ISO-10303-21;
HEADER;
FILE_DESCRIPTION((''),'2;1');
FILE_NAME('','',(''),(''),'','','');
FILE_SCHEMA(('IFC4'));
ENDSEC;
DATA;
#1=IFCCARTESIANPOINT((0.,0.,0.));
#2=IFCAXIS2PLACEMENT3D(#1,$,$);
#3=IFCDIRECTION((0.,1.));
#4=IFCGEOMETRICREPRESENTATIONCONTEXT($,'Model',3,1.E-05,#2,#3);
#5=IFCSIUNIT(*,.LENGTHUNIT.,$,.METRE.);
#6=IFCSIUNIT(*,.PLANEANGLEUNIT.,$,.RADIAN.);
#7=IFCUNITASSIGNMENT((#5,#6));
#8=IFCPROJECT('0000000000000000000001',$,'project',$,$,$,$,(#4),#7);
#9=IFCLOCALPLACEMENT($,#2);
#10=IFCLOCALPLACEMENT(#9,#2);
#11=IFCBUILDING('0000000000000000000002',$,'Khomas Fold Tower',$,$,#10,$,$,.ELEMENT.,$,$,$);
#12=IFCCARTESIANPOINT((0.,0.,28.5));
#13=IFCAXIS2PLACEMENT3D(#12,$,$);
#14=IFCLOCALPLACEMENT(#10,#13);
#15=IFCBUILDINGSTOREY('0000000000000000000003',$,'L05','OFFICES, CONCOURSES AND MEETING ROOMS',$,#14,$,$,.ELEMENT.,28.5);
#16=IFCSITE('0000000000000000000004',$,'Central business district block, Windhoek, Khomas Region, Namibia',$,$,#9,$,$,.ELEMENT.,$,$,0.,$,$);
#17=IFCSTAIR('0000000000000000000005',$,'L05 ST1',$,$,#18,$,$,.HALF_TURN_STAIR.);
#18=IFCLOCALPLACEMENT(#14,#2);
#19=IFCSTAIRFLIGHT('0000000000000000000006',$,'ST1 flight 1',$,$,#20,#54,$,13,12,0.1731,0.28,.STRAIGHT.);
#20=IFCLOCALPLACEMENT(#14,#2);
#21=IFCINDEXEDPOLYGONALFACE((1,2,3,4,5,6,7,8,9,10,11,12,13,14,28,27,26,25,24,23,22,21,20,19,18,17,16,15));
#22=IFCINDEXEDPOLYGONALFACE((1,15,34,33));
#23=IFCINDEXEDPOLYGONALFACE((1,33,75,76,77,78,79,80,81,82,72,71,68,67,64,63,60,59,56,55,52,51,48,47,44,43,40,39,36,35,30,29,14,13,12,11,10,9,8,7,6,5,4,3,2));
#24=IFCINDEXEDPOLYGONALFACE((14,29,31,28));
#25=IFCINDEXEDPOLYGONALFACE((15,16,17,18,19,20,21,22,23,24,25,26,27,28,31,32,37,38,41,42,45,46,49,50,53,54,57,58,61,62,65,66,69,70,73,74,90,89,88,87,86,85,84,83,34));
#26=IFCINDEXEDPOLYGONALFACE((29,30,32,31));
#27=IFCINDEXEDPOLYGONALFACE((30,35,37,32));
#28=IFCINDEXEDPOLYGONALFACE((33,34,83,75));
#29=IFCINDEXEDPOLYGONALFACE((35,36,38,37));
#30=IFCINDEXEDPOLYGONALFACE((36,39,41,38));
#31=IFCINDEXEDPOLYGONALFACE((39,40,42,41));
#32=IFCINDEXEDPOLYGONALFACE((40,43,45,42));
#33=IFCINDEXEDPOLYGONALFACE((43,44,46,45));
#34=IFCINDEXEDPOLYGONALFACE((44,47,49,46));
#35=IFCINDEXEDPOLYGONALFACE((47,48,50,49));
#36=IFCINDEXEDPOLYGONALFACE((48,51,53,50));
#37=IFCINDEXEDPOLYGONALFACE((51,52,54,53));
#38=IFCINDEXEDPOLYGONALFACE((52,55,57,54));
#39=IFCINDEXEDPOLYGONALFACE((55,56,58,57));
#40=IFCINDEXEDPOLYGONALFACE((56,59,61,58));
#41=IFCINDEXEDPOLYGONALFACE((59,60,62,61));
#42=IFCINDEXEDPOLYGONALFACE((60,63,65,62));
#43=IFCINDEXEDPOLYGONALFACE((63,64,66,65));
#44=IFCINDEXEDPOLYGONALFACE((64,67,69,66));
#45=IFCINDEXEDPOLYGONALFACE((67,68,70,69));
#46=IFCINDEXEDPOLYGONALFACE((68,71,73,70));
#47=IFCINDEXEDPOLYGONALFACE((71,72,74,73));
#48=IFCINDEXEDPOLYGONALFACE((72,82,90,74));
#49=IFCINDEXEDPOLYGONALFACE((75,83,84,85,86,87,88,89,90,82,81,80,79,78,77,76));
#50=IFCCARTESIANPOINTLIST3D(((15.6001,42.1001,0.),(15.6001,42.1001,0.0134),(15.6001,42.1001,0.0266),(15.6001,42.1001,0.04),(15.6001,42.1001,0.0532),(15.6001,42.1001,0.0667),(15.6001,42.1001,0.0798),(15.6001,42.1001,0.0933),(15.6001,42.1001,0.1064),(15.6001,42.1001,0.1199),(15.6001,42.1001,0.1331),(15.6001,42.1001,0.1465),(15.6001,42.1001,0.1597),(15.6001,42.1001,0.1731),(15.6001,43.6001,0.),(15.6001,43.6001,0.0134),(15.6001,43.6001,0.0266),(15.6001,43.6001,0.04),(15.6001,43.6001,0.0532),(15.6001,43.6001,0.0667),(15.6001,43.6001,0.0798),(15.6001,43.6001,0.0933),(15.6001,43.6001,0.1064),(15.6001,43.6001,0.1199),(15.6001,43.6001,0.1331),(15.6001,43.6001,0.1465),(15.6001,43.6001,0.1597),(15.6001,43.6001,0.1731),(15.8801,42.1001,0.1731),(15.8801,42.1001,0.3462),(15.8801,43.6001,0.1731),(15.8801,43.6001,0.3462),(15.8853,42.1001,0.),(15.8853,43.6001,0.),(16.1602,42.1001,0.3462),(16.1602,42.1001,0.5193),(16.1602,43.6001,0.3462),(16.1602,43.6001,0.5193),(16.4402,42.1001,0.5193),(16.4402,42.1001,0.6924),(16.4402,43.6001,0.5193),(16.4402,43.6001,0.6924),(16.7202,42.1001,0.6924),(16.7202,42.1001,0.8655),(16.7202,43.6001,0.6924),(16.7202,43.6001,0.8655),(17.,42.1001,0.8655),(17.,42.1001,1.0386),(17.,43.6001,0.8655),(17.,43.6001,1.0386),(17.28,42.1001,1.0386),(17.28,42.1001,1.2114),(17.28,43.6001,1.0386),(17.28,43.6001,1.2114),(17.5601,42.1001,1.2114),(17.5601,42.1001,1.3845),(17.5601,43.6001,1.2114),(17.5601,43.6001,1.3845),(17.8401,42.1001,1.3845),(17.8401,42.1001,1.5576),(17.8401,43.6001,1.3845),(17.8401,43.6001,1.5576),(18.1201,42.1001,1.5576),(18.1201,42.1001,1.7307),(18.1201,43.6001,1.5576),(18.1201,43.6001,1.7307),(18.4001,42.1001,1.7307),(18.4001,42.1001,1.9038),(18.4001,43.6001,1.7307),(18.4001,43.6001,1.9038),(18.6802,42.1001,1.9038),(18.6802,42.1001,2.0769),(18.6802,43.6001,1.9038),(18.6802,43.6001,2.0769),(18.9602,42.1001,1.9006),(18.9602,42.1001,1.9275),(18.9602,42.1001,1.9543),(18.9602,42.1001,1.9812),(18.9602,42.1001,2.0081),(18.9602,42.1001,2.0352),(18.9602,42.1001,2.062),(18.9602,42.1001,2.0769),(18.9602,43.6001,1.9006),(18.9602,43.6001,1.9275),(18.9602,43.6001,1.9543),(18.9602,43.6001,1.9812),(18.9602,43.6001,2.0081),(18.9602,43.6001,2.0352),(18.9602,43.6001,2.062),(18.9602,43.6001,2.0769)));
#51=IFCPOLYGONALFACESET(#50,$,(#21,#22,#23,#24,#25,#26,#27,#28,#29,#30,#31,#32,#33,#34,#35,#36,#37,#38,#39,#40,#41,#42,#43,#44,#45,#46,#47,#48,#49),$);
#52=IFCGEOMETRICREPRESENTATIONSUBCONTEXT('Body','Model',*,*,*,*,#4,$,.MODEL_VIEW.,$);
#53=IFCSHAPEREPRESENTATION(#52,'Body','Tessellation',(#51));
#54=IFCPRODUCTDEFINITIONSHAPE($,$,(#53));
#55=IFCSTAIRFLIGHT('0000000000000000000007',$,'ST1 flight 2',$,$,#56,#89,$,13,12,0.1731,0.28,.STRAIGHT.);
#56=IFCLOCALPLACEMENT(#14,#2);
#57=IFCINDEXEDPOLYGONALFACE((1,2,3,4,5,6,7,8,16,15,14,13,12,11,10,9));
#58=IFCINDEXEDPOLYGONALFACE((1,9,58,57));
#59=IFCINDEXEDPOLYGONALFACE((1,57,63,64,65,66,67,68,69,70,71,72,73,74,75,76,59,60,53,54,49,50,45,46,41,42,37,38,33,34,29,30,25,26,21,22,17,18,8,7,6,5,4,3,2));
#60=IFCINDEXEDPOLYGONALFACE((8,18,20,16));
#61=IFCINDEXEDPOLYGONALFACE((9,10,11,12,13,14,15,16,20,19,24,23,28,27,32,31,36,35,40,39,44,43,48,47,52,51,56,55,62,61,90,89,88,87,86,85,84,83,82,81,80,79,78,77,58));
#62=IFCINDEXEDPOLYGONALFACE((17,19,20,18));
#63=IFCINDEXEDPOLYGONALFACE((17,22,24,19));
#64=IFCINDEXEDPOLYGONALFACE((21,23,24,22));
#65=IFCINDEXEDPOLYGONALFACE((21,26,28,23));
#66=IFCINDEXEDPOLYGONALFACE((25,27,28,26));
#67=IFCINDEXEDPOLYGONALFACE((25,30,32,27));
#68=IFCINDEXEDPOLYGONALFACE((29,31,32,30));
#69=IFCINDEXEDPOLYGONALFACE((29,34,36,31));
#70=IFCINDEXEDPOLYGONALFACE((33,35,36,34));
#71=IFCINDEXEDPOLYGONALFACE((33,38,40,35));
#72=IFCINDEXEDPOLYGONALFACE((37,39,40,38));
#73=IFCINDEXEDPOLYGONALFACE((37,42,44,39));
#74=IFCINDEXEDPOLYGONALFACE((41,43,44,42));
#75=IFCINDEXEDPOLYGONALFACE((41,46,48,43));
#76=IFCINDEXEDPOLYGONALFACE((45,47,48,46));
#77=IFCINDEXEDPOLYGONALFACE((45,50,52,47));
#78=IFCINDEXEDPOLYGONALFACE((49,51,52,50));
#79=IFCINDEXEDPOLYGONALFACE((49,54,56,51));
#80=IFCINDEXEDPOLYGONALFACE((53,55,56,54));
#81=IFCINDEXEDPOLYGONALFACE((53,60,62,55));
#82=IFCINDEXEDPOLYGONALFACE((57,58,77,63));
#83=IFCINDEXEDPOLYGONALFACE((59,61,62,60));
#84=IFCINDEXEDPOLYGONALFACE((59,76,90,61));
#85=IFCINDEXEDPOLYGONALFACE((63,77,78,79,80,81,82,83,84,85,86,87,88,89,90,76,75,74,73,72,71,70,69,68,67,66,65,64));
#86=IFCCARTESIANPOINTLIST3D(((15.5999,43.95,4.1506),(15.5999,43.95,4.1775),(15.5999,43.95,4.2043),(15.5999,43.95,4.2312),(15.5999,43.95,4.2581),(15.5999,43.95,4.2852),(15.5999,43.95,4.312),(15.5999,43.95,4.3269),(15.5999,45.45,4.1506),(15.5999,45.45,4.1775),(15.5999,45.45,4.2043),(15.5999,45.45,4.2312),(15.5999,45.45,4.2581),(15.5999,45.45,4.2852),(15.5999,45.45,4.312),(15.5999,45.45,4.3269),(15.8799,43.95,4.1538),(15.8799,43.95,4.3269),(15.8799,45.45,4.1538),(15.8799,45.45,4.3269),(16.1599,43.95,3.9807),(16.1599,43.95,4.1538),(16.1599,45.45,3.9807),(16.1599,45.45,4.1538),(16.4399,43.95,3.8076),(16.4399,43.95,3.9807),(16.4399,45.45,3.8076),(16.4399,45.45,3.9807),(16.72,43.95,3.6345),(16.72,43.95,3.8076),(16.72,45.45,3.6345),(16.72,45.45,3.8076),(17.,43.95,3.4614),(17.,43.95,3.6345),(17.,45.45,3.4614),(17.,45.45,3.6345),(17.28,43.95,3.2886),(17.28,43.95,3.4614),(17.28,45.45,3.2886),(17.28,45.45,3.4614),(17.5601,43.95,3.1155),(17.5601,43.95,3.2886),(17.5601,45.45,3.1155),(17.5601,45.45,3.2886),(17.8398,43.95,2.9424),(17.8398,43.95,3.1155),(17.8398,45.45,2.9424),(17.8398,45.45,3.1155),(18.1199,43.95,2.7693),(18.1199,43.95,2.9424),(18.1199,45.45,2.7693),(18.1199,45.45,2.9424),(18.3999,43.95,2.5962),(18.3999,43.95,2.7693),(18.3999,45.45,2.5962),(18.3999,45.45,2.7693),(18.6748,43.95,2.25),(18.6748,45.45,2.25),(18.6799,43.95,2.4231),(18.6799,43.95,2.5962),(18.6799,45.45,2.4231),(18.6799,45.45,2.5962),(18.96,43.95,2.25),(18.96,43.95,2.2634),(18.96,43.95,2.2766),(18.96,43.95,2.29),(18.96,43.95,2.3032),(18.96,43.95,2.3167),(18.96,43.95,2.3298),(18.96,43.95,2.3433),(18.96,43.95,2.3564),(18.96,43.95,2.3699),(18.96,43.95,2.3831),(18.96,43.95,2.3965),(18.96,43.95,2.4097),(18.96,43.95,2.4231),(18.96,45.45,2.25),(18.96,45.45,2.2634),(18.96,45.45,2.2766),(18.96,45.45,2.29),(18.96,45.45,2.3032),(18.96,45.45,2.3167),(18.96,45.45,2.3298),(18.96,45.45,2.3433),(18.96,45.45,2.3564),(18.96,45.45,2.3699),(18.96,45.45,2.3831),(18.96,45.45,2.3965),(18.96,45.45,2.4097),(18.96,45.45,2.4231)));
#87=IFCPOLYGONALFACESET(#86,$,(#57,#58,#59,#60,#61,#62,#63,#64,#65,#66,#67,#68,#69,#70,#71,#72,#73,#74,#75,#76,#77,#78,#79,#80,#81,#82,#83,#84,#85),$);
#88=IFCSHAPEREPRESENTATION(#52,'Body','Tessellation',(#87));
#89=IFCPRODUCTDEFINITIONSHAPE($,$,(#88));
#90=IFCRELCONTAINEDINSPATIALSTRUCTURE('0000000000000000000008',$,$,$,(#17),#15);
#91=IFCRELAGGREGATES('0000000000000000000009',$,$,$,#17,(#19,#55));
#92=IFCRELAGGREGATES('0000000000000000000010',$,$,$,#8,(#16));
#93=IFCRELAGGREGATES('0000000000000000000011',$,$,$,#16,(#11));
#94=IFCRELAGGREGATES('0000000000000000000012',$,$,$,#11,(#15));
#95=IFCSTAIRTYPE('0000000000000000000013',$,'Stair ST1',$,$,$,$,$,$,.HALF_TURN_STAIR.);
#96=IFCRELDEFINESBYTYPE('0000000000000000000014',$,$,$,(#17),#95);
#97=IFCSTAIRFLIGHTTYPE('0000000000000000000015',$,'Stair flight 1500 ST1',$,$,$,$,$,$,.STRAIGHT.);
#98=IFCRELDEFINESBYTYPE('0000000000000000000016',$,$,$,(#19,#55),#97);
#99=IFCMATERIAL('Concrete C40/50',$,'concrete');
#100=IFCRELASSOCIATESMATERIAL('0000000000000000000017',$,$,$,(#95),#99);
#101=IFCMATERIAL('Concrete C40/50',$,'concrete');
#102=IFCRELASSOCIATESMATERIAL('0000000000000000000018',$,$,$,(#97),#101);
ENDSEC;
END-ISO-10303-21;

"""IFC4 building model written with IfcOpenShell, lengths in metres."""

from ifc_helpers import new_model, si_unit, direction, frame, origin, place, context, subcontext, project, spatial, polyline, outline, extrude, source, transform, mapped, material, type_object, element, aggregate, save


model = new_model("IFC4")

# Units and contexts
model_context = context("Model", 3, precision=1e-05, world=origin(), true_north=direction((0.0, 1.0)))
body_context = subcontext(model_context, "Body", "Model", "MODEL_VIEW")
ifc_project = project(units=[si_unit("LENGTHUNIT", "METRE"), si_unit("PLANEANGLEUNIT", "RADIAN")], contexts=[model_context])

# Site, building, storey
site_placement = place(None, origin())
site = spatial("IfcSite", under=ifc_project, at=site_placement, Name="Central business district block, Windhoek, Khomas Region, Namibia", CompositionType="ELEMENT", RefElevation=0.0)
building_placement = place(site_placement, origin())
building = spatial("IfcBuilding", under=site, at=building_placement, Name="Khomas Fold Tower", CompositionType="ELEMENT")
storey_placement = place(building_placement, frame((0.0, 0.0, 28.5)))
storey = spatial("IfcBuildingStorey", under=building, at=storey_placement, Name="L05", Description="OFFICES, CONCOURSES AND MEETING ROOMS", CompositionType="ELEMENT", Elevation=28.5)

# Stair, stair flights
ifc_material_1 = material(Name="Concrete C40/50", Category="concrete")
stair_type = type_object("IfcStairType", Name="Stair ST1", PredefinedType="HALF_TURN_STAIR", material=ifc_material_1)
stair_placement = place(storey_placement, origin())
stair = element("IfcStair", 1, at=stair_placement, inside=storey, type_object=stair_type, Name="L05 ST1", PredefinedType="HALF_TURN_STAIR")
ifc_material_2 = material(Name="Concrete C40/50", Category="concrete")
stair_flight_type = type_object("IfcStairFlightType", Name="Stair flight 1500 ST1", PredefinedType="STRAIGHT", material=ifc_material_2)
shared_shape_1 = source(origin(), body_context, "Body", "SweptSolid", [
    extrude(outline(polyline([(0.0, 0.0), (0.0, 0.0134), (0.0, 0.0266), (0.0, 0.04), (0.0, 0.0532), (0.0, 0.0667), (0.0, 0.0798), (0.0, 0.0933), (0.0, 0.1064), (0.0, 0.1199), (0.0, 0.1331), (0.0, 0.1465), (0.0, 0.1597), (0.0, 0.1731), (0.28, 0.1731), (0.28, 0.3462), (0.5601, 0.3462), (0.5601, 0.5193), (0.8401, 0.5193), (0.8401, 0.6924), (1.1201, 0.6924), (1.1201, 0.8655), (1.3999, 0.8655), (1.3999, 1.0386), (1.6799, 1.0386), (1.6799, 1.2114), (1.96, 1.2114), (1.96, 1.3845), (2.24, 1.3845), (2.24, 1.5576), (2.52, 1.5576), (2.52, 1.7307), (2.8, 1.7307), (2.8, 1.9038), (3.0801, 1.9038), (3.0801, 2.0769), (3.3601, 2.0769), (3.3601, 2.25), (3.3601, 2.2231), (3.3601, 2.1963), (3.3601, 2.1694), (3.3601, 2.1426), (3.3601, 2.1157), (3.3601, 2.0889), (3.3601, 2.062), (3.3601, 2.0352), (3.3601, 2.0081), (3.3601, 1.9812), (3.3601, 1.9543), (3.3601, 1.9275), (3.3601, 1.9006), (0.2852, 0.0), (0.0, 0.0)])), frame((0.0, 0.75, 0.0), z_axis=(0.0, -1.0, 0.0), x_axis=(1.0, 0.0, 0.0)), (0.0, 0.0, 1.0), 1.5),
])
stair_flight_1_placement = place(storey_placement, frame((15.6001, 42.8501, 0.0), z_axis=(0.0, 0.0, 1.0), x_axis=(1.0, 0.0, 0.0)))
stair_flight_1 = element("IfcStairFlight", 2, at=stair_flight_1_placement, type_object=stair_flight_type, Name="ST1 flight 1", NumberOfRisers=13, NumberOfTreads=12, PredefinedType="STRAIGHT", RiserHeight=0.1731, TreadLength=0.28, context=body_context, shape_type="MappedRepresentation", body=[
    mapped(shared_shape_1, transform((0.0, 0.0, 0.0))),
])
stair_flight_2_placement = place(storey_placement, frame((18.96, 44.7, 2.25), z_axis=(0.0, 0.0, 1.0), x_axis=(-1.0, 0.0, 0.0)))
stair_flight_2 = element("IfcStairFlight", 3, at=stair_flight_2_placement, type_object=stair_flight_type, Name="ST1 flight 2", NumberOfRisers=13, NumberOfTreads=12, PredefinedType="STRAIGHT", RiserHeight=0.1731, TreadLength=0.28, context=body_context, shape_type="MappedRepresentation", body=[
    mapped(shared_shape_1, transform((0.0, 0.0, 0.0))),
])
aggregate(stair, [stair_flight_1, stair_flight_2])

save(model, "model.ifc")
